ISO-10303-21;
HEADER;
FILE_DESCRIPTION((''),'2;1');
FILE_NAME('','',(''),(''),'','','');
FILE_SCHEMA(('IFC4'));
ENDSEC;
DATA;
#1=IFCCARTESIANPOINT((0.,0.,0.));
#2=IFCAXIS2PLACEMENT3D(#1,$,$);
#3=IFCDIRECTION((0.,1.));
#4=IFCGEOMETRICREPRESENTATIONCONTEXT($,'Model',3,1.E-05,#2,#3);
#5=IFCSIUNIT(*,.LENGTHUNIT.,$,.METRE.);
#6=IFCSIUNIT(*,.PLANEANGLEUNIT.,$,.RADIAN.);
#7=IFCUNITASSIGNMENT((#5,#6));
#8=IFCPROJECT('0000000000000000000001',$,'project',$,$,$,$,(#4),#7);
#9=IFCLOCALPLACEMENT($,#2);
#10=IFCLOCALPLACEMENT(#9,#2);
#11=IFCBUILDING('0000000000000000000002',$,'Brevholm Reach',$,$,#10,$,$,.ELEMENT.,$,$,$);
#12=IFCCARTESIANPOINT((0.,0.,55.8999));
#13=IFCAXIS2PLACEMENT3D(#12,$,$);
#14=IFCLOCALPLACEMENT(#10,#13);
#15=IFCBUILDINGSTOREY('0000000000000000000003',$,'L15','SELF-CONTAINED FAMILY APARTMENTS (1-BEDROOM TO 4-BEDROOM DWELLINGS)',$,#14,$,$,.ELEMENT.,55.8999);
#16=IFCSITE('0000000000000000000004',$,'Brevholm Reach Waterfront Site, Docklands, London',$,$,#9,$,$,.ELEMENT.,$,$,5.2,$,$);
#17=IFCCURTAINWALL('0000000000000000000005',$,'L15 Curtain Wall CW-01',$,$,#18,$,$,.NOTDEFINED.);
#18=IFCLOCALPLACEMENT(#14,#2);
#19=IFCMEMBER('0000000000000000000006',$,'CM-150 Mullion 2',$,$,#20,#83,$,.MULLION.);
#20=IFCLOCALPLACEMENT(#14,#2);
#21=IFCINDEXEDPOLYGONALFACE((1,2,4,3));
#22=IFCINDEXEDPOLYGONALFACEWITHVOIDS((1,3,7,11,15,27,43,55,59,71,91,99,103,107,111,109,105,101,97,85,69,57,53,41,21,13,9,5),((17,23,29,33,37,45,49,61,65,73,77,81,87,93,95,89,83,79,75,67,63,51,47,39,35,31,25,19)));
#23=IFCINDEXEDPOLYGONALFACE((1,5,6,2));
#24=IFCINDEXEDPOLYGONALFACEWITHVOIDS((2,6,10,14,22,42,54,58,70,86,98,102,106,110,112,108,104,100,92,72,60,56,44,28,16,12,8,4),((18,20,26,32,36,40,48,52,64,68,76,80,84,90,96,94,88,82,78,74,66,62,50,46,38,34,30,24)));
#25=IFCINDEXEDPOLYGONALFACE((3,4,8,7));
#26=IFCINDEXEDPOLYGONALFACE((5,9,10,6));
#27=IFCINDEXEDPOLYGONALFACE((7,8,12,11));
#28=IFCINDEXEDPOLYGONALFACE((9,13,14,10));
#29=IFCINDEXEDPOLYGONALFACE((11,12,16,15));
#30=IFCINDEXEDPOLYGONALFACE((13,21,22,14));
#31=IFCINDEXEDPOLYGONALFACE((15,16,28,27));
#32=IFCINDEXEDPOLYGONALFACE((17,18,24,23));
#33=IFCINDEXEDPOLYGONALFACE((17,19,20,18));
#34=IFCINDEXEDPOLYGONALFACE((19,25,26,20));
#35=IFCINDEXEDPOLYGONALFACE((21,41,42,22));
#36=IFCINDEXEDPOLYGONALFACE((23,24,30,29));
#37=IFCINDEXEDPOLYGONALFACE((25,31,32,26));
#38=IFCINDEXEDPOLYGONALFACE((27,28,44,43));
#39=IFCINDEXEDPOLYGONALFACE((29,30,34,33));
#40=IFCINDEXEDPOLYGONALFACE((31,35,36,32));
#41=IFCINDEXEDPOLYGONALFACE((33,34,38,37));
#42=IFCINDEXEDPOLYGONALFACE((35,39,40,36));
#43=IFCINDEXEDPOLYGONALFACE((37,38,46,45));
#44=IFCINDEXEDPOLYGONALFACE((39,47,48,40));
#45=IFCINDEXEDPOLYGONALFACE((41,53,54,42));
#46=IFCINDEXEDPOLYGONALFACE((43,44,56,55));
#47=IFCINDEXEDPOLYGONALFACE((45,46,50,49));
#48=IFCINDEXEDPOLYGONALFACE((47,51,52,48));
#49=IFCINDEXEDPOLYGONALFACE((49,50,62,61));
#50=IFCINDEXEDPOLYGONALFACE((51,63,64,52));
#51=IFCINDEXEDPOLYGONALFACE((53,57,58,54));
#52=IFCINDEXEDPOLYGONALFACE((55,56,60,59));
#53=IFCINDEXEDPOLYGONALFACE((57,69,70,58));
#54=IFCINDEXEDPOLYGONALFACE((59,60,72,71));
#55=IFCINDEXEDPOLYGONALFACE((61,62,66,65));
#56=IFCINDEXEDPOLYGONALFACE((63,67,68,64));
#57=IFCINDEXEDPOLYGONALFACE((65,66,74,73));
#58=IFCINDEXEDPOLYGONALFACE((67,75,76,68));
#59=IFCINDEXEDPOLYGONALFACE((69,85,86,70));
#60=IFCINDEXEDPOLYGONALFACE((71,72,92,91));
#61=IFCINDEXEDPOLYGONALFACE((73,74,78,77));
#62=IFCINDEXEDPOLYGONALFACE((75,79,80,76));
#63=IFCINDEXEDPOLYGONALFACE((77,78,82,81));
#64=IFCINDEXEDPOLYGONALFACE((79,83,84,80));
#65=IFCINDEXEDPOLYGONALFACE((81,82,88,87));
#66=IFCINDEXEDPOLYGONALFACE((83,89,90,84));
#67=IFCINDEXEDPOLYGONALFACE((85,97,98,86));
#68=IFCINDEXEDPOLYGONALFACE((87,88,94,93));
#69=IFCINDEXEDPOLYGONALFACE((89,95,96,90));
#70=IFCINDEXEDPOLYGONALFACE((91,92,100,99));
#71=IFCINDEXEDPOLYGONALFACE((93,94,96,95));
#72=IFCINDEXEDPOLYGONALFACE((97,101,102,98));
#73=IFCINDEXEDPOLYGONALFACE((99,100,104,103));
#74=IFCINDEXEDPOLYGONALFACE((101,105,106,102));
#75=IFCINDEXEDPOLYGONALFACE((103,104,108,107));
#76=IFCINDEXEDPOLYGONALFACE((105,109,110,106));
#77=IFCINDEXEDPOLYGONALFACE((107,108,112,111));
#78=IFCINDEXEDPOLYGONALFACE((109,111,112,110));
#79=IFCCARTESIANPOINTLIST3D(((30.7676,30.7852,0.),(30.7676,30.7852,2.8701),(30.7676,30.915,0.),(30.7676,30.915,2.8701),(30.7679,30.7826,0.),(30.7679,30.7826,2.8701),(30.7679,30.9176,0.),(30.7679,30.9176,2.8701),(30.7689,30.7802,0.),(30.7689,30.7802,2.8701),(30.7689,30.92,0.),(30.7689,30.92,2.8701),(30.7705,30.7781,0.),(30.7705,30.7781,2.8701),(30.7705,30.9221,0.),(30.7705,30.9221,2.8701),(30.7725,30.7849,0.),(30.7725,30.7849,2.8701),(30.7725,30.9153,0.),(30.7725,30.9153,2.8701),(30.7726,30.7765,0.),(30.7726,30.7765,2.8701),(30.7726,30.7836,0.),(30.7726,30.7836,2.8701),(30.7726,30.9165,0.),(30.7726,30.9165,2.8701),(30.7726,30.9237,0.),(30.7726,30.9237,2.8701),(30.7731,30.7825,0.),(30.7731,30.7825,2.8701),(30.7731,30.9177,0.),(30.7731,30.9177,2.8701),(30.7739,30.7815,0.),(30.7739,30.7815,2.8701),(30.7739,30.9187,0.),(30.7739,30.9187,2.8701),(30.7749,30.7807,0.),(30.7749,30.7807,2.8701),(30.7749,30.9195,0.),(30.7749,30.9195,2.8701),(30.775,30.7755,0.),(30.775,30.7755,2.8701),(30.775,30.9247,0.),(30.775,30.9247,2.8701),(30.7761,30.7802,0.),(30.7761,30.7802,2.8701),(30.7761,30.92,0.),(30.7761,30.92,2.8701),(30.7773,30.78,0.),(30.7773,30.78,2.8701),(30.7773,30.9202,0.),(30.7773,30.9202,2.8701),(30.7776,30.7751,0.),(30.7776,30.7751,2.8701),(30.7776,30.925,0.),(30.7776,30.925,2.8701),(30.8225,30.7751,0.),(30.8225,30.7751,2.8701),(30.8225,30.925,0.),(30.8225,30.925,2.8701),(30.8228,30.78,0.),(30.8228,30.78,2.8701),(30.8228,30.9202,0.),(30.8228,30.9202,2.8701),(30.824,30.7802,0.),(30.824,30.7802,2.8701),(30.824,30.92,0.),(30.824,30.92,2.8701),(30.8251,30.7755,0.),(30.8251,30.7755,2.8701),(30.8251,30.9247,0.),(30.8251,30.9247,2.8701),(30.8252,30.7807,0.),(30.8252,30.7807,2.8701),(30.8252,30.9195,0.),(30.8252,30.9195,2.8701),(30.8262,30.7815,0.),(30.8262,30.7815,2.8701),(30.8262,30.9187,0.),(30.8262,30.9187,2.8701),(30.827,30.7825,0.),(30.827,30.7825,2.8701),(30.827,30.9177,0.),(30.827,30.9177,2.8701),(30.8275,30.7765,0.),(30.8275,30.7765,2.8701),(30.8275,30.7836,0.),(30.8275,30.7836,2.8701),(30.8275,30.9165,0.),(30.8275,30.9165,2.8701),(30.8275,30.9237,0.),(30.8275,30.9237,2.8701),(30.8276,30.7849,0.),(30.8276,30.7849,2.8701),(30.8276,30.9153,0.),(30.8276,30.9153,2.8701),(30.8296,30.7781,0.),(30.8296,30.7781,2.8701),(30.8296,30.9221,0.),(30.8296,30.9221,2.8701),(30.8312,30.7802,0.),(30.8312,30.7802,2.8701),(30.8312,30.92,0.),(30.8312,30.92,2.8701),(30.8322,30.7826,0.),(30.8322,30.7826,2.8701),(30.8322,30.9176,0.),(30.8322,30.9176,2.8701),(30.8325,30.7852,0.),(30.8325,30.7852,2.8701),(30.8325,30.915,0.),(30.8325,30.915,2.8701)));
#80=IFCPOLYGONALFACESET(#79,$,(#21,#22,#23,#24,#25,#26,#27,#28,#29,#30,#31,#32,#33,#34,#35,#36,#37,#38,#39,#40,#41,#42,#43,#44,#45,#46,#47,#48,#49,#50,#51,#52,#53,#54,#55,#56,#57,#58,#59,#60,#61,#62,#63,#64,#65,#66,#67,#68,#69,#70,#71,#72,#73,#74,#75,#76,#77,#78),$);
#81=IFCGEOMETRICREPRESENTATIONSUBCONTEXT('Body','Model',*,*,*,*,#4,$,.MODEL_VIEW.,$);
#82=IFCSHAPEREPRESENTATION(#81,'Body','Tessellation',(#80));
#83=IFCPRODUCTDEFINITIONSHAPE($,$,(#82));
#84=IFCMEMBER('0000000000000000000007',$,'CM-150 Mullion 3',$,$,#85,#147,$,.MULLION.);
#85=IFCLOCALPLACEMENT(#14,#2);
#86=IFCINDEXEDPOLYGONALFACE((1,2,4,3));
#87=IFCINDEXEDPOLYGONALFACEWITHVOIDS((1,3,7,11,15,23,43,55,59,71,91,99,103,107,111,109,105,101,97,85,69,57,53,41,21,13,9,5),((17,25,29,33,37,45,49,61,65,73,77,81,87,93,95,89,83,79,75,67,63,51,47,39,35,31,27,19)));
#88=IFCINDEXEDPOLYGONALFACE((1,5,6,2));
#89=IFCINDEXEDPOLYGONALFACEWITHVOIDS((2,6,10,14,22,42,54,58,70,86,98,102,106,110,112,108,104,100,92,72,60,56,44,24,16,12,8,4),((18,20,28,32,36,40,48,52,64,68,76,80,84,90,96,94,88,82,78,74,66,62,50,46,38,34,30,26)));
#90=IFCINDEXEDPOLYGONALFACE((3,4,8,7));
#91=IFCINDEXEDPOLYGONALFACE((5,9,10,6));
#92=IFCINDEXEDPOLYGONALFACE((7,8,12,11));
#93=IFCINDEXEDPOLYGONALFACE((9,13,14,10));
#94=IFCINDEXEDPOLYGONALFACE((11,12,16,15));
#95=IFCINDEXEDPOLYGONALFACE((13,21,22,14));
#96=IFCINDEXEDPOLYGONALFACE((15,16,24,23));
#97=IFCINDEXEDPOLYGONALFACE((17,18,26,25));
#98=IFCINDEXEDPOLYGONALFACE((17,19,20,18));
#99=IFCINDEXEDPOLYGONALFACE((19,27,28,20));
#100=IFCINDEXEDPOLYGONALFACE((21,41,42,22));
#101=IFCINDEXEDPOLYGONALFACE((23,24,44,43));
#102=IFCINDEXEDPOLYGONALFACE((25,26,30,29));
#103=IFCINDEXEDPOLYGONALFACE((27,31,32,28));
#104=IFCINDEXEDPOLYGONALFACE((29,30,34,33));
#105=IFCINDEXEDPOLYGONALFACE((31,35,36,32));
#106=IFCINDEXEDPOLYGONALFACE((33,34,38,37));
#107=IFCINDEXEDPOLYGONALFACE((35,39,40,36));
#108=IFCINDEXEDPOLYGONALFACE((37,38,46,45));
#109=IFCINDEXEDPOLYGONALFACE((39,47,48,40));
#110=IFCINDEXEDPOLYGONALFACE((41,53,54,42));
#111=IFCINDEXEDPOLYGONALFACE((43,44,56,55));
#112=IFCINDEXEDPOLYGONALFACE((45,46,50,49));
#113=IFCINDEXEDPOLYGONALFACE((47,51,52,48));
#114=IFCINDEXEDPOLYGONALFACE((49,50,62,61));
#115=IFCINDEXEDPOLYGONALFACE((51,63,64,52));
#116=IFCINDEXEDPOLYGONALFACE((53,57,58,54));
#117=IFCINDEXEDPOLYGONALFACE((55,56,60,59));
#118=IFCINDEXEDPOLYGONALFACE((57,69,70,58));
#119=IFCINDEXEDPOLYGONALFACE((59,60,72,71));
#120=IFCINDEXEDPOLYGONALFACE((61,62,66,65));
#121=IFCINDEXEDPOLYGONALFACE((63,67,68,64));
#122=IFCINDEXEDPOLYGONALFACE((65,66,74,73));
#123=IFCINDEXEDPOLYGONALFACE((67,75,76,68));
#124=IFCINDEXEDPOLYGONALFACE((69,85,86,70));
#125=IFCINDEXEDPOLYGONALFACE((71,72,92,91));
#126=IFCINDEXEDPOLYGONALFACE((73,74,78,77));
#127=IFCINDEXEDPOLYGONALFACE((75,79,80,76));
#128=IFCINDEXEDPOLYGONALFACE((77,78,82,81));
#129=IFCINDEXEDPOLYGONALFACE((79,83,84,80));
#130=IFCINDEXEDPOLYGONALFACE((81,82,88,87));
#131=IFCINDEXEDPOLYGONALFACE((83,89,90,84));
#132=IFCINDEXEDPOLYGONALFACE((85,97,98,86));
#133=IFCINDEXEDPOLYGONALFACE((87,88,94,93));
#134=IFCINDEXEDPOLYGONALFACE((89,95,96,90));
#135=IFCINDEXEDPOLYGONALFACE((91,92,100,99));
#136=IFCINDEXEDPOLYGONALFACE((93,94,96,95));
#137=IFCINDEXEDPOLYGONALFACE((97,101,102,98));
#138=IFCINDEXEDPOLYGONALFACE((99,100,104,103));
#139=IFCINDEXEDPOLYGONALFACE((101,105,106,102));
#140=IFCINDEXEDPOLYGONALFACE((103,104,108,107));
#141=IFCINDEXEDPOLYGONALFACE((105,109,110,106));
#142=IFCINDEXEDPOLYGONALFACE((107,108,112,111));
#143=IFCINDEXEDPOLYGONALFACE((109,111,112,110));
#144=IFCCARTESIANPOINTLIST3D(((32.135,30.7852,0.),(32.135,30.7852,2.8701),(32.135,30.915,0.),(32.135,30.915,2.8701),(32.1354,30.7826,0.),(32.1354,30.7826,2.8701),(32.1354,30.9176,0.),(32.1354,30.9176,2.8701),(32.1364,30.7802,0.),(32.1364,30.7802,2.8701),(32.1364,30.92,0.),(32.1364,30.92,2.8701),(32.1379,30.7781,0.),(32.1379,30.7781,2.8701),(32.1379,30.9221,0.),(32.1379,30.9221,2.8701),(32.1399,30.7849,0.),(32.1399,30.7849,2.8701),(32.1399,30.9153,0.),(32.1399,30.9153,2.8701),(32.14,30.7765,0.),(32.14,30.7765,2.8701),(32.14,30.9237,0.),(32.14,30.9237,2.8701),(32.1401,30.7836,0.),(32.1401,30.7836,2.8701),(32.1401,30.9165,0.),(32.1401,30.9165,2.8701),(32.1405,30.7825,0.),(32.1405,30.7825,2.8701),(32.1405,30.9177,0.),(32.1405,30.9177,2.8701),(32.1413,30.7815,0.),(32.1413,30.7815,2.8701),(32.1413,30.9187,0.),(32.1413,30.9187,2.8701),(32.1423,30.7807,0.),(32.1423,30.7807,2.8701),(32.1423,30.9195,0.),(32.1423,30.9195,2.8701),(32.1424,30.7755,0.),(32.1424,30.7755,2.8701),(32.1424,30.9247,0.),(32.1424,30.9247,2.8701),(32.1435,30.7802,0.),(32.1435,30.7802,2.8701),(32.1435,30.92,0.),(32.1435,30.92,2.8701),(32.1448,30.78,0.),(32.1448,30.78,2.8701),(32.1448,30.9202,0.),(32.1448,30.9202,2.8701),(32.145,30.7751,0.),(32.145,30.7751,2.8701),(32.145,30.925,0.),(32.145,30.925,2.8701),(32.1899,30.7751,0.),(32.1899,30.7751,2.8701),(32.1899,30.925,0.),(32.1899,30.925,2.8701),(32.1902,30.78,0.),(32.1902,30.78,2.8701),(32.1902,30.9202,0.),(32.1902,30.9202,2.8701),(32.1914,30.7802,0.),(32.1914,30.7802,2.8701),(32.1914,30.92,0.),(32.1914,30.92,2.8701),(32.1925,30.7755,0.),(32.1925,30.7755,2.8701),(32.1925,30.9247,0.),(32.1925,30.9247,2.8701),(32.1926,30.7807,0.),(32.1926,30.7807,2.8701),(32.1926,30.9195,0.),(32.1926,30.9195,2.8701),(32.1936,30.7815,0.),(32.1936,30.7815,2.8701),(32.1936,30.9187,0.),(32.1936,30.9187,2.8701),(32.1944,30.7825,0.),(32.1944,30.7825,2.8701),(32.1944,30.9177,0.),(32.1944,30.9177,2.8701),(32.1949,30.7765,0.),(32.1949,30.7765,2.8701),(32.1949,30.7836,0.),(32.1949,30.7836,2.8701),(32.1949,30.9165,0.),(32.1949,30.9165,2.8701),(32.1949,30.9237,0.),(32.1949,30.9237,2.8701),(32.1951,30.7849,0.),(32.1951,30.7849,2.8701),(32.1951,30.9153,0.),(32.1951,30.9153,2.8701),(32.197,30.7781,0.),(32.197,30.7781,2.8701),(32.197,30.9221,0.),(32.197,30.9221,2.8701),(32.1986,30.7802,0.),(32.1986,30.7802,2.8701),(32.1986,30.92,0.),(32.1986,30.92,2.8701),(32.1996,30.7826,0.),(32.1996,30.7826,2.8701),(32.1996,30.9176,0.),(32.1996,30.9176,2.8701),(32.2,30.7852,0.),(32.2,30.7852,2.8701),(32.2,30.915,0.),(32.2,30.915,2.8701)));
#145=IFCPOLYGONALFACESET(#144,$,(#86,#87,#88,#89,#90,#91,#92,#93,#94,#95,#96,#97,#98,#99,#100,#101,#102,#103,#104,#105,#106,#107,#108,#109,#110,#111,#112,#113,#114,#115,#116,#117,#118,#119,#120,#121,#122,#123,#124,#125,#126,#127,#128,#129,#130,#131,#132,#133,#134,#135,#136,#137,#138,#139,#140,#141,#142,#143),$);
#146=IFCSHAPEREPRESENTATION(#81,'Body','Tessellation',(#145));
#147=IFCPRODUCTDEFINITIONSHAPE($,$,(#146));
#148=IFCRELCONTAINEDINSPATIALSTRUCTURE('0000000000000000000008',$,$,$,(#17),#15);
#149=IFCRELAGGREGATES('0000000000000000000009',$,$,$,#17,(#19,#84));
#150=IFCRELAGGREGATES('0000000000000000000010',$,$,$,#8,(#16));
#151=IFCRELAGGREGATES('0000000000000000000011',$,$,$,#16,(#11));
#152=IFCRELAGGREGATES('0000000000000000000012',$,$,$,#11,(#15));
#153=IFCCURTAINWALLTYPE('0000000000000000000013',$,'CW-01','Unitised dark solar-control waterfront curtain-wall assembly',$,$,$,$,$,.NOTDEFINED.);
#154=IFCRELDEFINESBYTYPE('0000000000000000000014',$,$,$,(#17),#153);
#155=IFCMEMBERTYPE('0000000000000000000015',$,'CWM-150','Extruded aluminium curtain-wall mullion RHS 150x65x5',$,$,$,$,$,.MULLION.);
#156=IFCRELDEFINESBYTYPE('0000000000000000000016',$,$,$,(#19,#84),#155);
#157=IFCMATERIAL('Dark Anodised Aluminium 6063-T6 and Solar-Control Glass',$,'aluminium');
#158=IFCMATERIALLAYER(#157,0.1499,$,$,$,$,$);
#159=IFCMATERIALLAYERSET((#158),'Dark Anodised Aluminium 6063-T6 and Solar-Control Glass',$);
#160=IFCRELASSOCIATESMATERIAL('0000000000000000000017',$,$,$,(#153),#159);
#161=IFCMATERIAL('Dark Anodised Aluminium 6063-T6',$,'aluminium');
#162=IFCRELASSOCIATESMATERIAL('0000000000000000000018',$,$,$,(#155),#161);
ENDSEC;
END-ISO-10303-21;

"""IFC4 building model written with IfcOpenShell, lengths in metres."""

from ifc_helpers import new_model, si_unit, direction, frame, origin, origin_2d, place, context, subcontext, project, spatial, hollow_rectangle, extrude, material, layer, layer_set, material_profile, profile_set, type_object, element, aggregate, save


model = new_model("IFC4")

# Units and contexts
model_context = context("Model", 3, precision=1e-05, world=origin(), true_north=direction((0.0, 1.0)))
body_context = subcontext(model_context, "Body", "Model", "MODEL_VIEW")
ifc_project = project(units=[si_unit("LENGTHUNIT", "METRE"), si_unit("PLANEANGLEUNIT", "RADIAN")], contexts=[model_context])

# Site, building, storey
site_placement = place(None, origin())
site = spatial("IfcSite", under=ifc_project, at=site_placement, Name="Brevholm Reach Waterfront Site, Docklands, London", CompositionType="ELEMENT", RefElevation=5.2)
building_placement = place(site_placement, origin())
building = spatial("IfcBuilding", under=site, at=building_placement, Name="Brevholm Reach", CompositionType="ELEMENT")
storey_placement = place(building_placement, frame((0.0, 0.0, 55.8999)))
storey = spatial("IfcBuildingStorey", under=building, at=storey_placement, Name="L15", Description="SELF-CONTAINED FAMILY APARTMENTS (1-BEDROOM TO 4-BEDROOM DWELLINGS)", CompositionType="ELEMENT", Elevation=55.8999)

# Curtain wall, members
ifc_material_1 = material(Name="Dark Anodised Aluminium 6063-T6 and Solar-Control Glass", Category="aluminium")
ifc_layer_1 = layer(ifc_material_1, 0.1499)
ifc_layer_set_1 = layer_set([ifc_layer_1], Name="Dark Anodised Aluminium 6063-T6 and Solar-Control Glass")
curtain_wall_type_1 = type_object("IfcCurtainWallType", Name="CW-01", Description="Unitised dark solar-control waterfront curtain-wall assembly", PredefinedType="NOTDEFINED", material=ifc_layer_set_1)
curtain_wall_1_placement = place(storey_placement, origin())
curtain_wall_1 = element("IfcCurtainWall", 1, at=curtain_wall_1_placement, inside=storey, type_object=curtain_wall_type_1, Name="L15 Curtain Wall CW-01", PredefinedType="NOTDEFINED")
ifc_material_2 = material(Name="Dark Anodised Aluminium 6063-T6", Category="aluminium")
ifc_material_profile_1 = material_profile(ifc_material_2, hollow_rectangle(XDim=0.0649, YDim=0.1499, WallThickness=0.0049, InnerFilletRadius=0.0049, OuterFilletRadius=0.01, at=origin_2d()), Name="RHS 150x65x5")
ifc_profile_set_1 = profile_set([ifc_material_profile_1], Name="Dark Anodised Aluminium 6063-T6")
member_type_1 = type_object("IfcMemberType", Name="CWM-150", Description="Extruded aluminium curtain-wall mullion RHS 150x65x5", PredefinedType="MULLION", material=ifc_profile_set_1)
member_1_placement = place(storey_placement, frame((30.8, 30.8501, 0.0), z_axis=(0.0, 0.0, 1.0), x_axis=(1.0, 0.0, 0.0)))
member_1 = element("IfcMember", 2, at=member_1_placement, type_object=member_type_1, Name="CM-150 Mullion 2", PredefinedType="MULLION", context=body_context, shape_type="SweptSolid", body=[
    extrude(hollow_rectangle(XDim=0.0649, YDim=0.1499, WallThickness=0.0049, InnerFilletRadius=0.0049, OuterFilletRadius=0.01, at=origin_2d()), origin(), (0.0, 0.0, 1.0), 2.8701),
])
member_2_placement = place(storey_placement, frame((32.1675, 30.8501, 0.0), z_axis=(0.0, 0.0, 1.0), x_axis=(1.0, 0.0, 0.0)))
member_2 = element("IfcMember", 3, at=member_2_placement, type_object=member_type_1, Name="CM-150 Mullion 3", PredefinedType="MULLION", context=body_context, shape_type="SweptSolid", body=[
    extrude(hollow_rectangle(XDim=0.0649, YDim=0.1499, WallThickness=0.0049, InnerFilletRadius=0.0049, OuterFilletRadius=0.01, at=origin_2d()), origin(), (0.0, 0.0, 1.0), 2.8701),
])

aggregate(curtain_wall_1, [member_1, member_2])

save(model, "model.ifc")
